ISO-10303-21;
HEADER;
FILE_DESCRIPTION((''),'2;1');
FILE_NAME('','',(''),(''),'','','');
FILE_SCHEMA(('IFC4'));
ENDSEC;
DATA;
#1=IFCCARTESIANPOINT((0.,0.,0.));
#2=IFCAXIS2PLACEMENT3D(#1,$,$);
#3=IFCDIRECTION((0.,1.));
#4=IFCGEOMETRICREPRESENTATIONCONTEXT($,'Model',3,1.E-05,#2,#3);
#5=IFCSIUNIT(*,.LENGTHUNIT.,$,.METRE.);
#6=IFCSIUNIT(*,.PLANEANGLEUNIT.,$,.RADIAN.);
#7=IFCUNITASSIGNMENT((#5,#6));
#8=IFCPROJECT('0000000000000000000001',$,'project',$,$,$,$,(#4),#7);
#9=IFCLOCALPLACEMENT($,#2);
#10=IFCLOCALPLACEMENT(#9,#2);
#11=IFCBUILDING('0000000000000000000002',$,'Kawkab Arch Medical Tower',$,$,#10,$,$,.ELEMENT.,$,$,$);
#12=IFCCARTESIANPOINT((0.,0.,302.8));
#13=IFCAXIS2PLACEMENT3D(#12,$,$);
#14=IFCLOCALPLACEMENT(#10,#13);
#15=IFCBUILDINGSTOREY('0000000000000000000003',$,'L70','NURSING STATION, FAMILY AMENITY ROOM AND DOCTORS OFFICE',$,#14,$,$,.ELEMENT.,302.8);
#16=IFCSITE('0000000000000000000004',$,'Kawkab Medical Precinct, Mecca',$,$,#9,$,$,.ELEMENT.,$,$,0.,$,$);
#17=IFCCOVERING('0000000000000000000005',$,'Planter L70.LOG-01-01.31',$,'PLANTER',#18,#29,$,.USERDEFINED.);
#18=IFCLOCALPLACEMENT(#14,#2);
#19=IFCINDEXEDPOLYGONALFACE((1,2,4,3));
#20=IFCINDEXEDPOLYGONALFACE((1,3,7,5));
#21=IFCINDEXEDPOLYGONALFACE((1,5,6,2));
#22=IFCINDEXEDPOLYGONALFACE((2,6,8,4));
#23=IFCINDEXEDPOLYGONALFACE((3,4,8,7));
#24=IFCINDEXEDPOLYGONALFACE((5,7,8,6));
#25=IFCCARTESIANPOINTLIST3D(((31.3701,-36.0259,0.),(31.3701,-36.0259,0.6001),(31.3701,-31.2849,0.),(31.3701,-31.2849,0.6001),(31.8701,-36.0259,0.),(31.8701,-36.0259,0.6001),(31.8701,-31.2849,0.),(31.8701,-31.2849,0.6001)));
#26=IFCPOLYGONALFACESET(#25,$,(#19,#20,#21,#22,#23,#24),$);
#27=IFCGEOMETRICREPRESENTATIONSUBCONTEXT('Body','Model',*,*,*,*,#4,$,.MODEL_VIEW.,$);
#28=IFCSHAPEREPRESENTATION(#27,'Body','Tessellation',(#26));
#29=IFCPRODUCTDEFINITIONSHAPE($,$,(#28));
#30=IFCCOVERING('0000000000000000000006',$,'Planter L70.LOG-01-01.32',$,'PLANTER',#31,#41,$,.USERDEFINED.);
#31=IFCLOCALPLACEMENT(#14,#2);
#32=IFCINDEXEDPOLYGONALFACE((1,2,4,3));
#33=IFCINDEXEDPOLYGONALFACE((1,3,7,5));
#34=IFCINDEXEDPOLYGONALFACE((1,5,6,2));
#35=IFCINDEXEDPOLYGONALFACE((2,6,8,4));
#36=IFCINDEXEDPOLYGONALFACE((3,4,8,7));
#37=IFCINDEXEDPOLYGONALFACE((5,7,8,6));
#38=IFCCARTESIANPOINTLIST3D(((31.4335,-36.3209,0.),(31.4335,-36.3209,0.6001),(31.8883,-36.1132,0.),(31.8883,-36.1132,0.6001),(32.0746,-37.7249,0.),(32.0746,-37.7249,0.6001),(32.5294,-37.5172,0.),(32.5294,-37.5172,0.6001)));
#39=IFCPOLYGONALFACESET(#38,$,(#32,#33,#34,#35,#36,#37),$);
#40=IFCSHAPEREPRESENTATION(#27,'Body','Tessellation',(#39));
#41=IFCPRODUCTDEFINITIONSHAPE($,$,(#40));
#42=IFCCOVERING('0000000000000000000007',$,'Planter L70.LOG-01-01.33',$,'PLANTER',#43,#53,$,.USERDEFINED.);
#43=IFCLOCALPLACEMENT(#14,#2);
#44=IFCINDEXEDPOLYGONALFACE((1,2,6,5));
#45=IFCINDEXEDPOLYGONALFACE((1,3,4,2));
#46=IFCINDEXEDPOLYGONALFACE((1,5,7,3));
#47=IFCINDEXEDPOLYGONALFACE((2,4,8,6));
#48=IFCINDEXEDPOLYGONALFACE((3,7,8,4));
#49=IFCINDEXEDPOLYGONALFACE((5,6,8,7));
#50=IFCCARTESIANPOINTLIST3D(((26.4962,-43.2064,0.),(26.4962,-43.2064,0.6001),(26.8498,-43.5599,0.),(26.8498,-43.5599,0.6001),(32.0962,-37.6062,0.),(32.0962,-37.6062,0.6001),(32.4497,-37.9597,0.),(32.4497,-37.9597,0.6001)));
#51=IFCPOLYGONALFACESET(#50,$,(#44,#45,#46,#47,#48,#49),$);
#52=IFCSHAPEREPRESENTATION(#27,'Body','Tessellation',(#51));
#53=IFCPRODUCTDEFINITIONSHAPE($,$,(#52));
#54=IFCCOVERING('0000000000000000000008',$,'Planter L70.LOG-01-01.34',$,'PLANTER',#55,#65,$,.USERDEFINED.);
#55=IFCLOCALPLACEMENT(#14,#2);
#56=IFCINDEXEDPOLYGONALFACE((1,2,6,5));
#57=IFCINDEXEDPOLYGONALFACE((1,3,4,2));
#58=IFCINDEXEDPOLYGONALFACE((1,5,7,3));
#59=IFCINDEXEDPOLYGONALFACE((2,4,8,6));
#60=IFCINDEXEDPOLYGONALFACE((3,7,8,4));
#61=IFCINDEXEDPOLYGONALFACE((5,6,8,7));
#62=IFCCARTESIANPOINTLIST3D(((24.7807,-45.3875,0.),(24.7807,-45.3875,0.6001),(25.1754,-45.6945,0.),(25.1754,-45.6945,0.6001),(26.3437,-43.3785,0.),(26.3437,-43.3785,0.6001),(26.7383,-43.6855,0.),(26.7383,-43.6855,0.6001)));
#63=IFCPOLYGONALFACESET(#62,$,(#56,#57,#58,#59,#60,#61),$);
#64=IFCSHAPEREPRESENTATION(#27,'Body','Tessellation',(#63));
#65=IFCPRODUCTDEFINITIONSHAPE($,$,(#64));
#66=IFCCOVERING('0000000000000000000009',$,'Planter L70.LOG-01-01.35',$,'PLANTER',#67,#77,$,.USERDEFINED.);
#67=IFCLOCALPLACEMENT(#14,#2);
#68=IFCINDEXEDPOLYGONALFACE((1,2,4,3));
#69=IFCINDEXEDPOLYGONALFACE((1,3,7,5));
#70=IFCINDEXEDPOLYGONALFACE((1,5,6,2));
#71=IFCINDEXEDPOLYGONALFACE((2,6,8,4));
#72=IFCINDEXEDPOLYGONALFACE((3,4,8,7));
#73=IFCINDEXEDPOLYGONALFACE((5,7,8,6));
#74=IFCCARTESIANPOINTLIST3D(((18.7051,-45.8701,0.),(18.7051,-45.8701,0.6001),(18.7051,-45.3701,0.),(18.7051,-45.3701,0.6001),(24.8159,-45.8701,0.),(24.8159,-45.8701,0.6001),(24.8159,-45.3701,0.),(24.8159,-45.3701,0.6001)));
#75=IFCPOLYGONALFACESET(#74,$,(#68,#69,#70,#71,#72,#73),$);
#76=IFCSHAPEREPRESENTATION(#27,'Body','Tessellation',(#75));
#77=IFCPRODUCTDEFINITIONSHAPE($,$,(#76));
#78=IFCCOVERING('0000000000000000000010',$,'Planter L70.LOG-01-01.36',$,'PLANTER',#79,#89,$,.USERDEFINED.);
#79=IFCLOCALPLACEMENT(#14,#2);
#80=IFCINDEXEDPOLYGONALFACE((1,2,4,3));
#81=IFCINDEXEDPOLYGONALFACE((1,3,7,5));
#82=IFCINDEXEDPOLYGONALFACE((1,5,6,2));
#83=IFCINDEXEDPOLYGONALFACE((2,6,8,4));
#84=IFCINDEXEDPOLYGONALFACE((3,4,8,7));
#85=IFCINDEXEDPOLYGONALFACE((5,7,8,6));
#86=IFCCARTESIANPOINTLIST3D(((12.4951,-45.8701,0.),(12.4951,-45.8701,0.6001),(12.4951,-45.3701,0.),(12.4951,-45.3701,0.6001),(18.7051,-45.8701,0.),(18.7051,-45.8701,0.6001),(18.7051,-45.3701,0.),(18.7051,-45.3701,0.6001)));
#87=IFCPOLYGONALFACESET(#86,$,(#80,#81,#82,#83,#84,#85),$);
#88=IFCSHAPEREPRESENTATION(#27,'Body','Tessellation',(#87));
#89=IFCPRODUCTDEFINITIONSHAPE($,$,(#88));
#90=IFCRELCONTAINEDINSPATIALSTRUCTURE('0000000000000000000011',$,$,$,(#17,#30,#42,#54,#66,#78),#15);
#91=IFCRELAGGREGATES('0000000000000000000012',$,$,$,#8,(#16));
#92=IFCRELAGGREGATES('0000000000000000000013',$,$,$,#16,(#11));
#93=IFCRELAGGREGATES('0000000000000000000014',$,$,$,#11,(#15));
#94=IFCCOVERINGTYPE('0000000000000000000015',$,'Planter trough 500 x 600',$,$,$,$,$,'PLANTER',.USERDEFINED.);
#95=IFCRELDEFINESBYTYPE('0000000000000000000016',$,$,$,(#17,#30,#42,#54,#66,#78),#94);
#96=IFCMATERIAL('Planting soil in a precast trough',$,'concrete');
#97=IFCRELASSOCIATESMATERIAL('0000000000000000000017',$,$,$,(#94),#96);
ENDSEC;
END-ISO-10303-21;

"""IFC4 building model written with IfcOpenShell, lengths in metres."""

from ifc_helpers import new_model, si_unit, direction, frame, origin, origin_2d, place, context, subcontext, project, spatial, rectangle, extrude, material, material_profile, profile_set, type_object, element, save


model = new_model("IFC4")

# Units and contexts
model_context = context("Model", 3, precision=1e-05, world=origin(), true_north=direction((0.0, 1.0)))
body_context = subcontext(model_context, "Body", "Model", "MODEL_VIEW")
ifc_project = project(units=[si_unit("LENGTHUNIT", "METRE"), si_unit("PLANEANGLEUNIT", "RADIAN")], contexts=[model_context])

# Site, building, storey
site_placement = place(None, origin())
site = spatial("IfcSite", under=ifc_project, at=site_placement, Name="Kawkab Medical Precinct, Mecca", CompositionType="ELEMENT", RefElevation=0.0)
building_placement = place(site_placement, origin())
building = spatial("IfcBuilding", under=site, at=building_placement, Name="Kawkab Arch Medical Tower", CompositionType="ELEMENT")
storey_placement = place(building_placement, frame((0.0, 0.0, 302.8)))
storey = spatial("IfcBuildingStorey", under=building, at=storey_placement, Name="L70", Description="NURSING STATION, FAMILY AMENITY ROOM AND DOCTORS OFFICE", CompositionType="ELEMENT", Elevation=302.8)

# Coverings
ifc_material_1 = material(Name="Planting soil in a precast trough", Category="concrete")
ifc_material_profile_1 = material_profile(ifc_material_1, rectangle(XDim=0.5, YDim=0.6001, at=origin_2d()), Name="Trough 500x600")
ifc_profile_set_1 = profile_set([ifc_material_profile_1], Name="Planting soil in a precast trough")
covering_type_1 = type_object("IfcCoveringType", Name="Planter trough 500 x 600", ElementType="PLANTER", PredefinedType="USERDEFINED", material=ifc_profile_set_1)
covering_1_placement = place(storey_placement, frame((31.6201, -31.2849, 0.3), z_axis=(0.0, -1.0, 0.0), x_axis=(1.0, 0.0, 0.0)))
element("IfcCovering", 1, at=covering_1_placement, inside=storey, type_object=covering_type_1, Name="Planter L70.LOG-01-01.31", ObjectType="PLANTER", PredefinedType="USERDEFINED", context=body_context, shape_type="SweptSolid", body=[
    extrude(rectangle(XDim=0.5, YDim=0.6001, at=origin_2d()), origin(), (0.0, 0.0, 1.0), 4.741),
])
covering_2_placement = place(storey_placement, frame((31.6609, -36.217, 0.3), z_axis=(0.415363, -0.909656, 0.0), x_axis=(0.909656, 0.415363, 0.0)))
element("IfcCovering", 2, at=covering_2_placement, inside=storey, type_object=covering_type_1, Name="Planter L70.LOG-01-01.32", ObjectType="PLANTER", PredefinedType="USERDEFINED", context=body_context, shape_type="SweptSolid", body=[
    extrude(rectangle(XDim=0.5, YDim=0.6001, at=origin_2d()), origin(), (0.0, 0.0, 1.0), 1.5435),
])
covering_3_placement = place(storey_placement, frame((32.2729, -37.783, 0.3), z_axis=(-0.707091, -0.707122, 0.0), x_axis=(0.707122, -0.707091, 0.0)))
element("IfcCovering", 3, at=covering_3_placement, inside=storey, type_object=covering_type_1, Name="Planter L70.LOG-01-01.33", ObjectType="PLANTER", PredefinedType="USERDEFINED", context=body_context, shape_type="SweptSolid", body=[
    extrude(rectangle(XDim=0.5, YDim=0.6001, at=origin_2d()), origin(), (0.0, 0.0, 1.0), 7.9197),
])
covering_4_placement = place(storey_placement, frame((26.541, -43.532, 0.3), z_axis=(-0.61404, -0.789275, 0.0), x_axis=(0.789275, -0.61404, 0.0)))
element("IfcCovering", 4, at=covering_4_placement, inside=storey, type_object=covering_type_1, Name="Planter L70.LOG-01-01.34", ObjectType="PLANTER", PredefinedType="USERDEFINED", context=body_context, shape_type="SweptSolid", body=[
    extrude(rectangle(XDim=0.5, YDim=0.6001, at=origin_2d()), origin(), (0.0, 0.0, 1.0), 2.5454),
])
covering_5_placement = place(storey_placement, frame((24.8159, -45.6201, 0.3), z_axis=(-1.0, 0.0, 0.0), x_axis=(0.0, -1.0, 0.0)))
element("IfcCovering", 5, at=covering_5_placement, inside=storey, type_object=covering_type_1, Name="Planter L70.LOG-01-01.35", ObjectType="PLANTER", PredefinedType="USERDEFINED", context=body_context, shape_type="SweptSolid", body=[
    extrude(rectangle(XDim=0.5, YDim=0.6001, at=origin_2d()), origin(), (0.0, 0.0, 1.0), 6.1108),
])
covering_6_placement = place(storey_placement, frame((18.7051, -45.6201, 0.3), z_axis=(-1.0, 0.0, 0.0), x_axis=(0.0, -1.0, 0.0)))
element("IfcCovering", 6, at=covering_6_placement, inside=storey, type_object=covering_type_1, Name="Planter L70.LOG-01-01.36", ObjectType="PLANTER", PredefinedType="USERDEFINED", context=body_context, shape_type="SweptSolid", body=[
    extrude(rectangle(XDim=0.5, YDim=0.6001, at=origin_2d()), origin(), (0.0, 0.0, 1.0), 6.21),
])

save(model, "model.ifc")
